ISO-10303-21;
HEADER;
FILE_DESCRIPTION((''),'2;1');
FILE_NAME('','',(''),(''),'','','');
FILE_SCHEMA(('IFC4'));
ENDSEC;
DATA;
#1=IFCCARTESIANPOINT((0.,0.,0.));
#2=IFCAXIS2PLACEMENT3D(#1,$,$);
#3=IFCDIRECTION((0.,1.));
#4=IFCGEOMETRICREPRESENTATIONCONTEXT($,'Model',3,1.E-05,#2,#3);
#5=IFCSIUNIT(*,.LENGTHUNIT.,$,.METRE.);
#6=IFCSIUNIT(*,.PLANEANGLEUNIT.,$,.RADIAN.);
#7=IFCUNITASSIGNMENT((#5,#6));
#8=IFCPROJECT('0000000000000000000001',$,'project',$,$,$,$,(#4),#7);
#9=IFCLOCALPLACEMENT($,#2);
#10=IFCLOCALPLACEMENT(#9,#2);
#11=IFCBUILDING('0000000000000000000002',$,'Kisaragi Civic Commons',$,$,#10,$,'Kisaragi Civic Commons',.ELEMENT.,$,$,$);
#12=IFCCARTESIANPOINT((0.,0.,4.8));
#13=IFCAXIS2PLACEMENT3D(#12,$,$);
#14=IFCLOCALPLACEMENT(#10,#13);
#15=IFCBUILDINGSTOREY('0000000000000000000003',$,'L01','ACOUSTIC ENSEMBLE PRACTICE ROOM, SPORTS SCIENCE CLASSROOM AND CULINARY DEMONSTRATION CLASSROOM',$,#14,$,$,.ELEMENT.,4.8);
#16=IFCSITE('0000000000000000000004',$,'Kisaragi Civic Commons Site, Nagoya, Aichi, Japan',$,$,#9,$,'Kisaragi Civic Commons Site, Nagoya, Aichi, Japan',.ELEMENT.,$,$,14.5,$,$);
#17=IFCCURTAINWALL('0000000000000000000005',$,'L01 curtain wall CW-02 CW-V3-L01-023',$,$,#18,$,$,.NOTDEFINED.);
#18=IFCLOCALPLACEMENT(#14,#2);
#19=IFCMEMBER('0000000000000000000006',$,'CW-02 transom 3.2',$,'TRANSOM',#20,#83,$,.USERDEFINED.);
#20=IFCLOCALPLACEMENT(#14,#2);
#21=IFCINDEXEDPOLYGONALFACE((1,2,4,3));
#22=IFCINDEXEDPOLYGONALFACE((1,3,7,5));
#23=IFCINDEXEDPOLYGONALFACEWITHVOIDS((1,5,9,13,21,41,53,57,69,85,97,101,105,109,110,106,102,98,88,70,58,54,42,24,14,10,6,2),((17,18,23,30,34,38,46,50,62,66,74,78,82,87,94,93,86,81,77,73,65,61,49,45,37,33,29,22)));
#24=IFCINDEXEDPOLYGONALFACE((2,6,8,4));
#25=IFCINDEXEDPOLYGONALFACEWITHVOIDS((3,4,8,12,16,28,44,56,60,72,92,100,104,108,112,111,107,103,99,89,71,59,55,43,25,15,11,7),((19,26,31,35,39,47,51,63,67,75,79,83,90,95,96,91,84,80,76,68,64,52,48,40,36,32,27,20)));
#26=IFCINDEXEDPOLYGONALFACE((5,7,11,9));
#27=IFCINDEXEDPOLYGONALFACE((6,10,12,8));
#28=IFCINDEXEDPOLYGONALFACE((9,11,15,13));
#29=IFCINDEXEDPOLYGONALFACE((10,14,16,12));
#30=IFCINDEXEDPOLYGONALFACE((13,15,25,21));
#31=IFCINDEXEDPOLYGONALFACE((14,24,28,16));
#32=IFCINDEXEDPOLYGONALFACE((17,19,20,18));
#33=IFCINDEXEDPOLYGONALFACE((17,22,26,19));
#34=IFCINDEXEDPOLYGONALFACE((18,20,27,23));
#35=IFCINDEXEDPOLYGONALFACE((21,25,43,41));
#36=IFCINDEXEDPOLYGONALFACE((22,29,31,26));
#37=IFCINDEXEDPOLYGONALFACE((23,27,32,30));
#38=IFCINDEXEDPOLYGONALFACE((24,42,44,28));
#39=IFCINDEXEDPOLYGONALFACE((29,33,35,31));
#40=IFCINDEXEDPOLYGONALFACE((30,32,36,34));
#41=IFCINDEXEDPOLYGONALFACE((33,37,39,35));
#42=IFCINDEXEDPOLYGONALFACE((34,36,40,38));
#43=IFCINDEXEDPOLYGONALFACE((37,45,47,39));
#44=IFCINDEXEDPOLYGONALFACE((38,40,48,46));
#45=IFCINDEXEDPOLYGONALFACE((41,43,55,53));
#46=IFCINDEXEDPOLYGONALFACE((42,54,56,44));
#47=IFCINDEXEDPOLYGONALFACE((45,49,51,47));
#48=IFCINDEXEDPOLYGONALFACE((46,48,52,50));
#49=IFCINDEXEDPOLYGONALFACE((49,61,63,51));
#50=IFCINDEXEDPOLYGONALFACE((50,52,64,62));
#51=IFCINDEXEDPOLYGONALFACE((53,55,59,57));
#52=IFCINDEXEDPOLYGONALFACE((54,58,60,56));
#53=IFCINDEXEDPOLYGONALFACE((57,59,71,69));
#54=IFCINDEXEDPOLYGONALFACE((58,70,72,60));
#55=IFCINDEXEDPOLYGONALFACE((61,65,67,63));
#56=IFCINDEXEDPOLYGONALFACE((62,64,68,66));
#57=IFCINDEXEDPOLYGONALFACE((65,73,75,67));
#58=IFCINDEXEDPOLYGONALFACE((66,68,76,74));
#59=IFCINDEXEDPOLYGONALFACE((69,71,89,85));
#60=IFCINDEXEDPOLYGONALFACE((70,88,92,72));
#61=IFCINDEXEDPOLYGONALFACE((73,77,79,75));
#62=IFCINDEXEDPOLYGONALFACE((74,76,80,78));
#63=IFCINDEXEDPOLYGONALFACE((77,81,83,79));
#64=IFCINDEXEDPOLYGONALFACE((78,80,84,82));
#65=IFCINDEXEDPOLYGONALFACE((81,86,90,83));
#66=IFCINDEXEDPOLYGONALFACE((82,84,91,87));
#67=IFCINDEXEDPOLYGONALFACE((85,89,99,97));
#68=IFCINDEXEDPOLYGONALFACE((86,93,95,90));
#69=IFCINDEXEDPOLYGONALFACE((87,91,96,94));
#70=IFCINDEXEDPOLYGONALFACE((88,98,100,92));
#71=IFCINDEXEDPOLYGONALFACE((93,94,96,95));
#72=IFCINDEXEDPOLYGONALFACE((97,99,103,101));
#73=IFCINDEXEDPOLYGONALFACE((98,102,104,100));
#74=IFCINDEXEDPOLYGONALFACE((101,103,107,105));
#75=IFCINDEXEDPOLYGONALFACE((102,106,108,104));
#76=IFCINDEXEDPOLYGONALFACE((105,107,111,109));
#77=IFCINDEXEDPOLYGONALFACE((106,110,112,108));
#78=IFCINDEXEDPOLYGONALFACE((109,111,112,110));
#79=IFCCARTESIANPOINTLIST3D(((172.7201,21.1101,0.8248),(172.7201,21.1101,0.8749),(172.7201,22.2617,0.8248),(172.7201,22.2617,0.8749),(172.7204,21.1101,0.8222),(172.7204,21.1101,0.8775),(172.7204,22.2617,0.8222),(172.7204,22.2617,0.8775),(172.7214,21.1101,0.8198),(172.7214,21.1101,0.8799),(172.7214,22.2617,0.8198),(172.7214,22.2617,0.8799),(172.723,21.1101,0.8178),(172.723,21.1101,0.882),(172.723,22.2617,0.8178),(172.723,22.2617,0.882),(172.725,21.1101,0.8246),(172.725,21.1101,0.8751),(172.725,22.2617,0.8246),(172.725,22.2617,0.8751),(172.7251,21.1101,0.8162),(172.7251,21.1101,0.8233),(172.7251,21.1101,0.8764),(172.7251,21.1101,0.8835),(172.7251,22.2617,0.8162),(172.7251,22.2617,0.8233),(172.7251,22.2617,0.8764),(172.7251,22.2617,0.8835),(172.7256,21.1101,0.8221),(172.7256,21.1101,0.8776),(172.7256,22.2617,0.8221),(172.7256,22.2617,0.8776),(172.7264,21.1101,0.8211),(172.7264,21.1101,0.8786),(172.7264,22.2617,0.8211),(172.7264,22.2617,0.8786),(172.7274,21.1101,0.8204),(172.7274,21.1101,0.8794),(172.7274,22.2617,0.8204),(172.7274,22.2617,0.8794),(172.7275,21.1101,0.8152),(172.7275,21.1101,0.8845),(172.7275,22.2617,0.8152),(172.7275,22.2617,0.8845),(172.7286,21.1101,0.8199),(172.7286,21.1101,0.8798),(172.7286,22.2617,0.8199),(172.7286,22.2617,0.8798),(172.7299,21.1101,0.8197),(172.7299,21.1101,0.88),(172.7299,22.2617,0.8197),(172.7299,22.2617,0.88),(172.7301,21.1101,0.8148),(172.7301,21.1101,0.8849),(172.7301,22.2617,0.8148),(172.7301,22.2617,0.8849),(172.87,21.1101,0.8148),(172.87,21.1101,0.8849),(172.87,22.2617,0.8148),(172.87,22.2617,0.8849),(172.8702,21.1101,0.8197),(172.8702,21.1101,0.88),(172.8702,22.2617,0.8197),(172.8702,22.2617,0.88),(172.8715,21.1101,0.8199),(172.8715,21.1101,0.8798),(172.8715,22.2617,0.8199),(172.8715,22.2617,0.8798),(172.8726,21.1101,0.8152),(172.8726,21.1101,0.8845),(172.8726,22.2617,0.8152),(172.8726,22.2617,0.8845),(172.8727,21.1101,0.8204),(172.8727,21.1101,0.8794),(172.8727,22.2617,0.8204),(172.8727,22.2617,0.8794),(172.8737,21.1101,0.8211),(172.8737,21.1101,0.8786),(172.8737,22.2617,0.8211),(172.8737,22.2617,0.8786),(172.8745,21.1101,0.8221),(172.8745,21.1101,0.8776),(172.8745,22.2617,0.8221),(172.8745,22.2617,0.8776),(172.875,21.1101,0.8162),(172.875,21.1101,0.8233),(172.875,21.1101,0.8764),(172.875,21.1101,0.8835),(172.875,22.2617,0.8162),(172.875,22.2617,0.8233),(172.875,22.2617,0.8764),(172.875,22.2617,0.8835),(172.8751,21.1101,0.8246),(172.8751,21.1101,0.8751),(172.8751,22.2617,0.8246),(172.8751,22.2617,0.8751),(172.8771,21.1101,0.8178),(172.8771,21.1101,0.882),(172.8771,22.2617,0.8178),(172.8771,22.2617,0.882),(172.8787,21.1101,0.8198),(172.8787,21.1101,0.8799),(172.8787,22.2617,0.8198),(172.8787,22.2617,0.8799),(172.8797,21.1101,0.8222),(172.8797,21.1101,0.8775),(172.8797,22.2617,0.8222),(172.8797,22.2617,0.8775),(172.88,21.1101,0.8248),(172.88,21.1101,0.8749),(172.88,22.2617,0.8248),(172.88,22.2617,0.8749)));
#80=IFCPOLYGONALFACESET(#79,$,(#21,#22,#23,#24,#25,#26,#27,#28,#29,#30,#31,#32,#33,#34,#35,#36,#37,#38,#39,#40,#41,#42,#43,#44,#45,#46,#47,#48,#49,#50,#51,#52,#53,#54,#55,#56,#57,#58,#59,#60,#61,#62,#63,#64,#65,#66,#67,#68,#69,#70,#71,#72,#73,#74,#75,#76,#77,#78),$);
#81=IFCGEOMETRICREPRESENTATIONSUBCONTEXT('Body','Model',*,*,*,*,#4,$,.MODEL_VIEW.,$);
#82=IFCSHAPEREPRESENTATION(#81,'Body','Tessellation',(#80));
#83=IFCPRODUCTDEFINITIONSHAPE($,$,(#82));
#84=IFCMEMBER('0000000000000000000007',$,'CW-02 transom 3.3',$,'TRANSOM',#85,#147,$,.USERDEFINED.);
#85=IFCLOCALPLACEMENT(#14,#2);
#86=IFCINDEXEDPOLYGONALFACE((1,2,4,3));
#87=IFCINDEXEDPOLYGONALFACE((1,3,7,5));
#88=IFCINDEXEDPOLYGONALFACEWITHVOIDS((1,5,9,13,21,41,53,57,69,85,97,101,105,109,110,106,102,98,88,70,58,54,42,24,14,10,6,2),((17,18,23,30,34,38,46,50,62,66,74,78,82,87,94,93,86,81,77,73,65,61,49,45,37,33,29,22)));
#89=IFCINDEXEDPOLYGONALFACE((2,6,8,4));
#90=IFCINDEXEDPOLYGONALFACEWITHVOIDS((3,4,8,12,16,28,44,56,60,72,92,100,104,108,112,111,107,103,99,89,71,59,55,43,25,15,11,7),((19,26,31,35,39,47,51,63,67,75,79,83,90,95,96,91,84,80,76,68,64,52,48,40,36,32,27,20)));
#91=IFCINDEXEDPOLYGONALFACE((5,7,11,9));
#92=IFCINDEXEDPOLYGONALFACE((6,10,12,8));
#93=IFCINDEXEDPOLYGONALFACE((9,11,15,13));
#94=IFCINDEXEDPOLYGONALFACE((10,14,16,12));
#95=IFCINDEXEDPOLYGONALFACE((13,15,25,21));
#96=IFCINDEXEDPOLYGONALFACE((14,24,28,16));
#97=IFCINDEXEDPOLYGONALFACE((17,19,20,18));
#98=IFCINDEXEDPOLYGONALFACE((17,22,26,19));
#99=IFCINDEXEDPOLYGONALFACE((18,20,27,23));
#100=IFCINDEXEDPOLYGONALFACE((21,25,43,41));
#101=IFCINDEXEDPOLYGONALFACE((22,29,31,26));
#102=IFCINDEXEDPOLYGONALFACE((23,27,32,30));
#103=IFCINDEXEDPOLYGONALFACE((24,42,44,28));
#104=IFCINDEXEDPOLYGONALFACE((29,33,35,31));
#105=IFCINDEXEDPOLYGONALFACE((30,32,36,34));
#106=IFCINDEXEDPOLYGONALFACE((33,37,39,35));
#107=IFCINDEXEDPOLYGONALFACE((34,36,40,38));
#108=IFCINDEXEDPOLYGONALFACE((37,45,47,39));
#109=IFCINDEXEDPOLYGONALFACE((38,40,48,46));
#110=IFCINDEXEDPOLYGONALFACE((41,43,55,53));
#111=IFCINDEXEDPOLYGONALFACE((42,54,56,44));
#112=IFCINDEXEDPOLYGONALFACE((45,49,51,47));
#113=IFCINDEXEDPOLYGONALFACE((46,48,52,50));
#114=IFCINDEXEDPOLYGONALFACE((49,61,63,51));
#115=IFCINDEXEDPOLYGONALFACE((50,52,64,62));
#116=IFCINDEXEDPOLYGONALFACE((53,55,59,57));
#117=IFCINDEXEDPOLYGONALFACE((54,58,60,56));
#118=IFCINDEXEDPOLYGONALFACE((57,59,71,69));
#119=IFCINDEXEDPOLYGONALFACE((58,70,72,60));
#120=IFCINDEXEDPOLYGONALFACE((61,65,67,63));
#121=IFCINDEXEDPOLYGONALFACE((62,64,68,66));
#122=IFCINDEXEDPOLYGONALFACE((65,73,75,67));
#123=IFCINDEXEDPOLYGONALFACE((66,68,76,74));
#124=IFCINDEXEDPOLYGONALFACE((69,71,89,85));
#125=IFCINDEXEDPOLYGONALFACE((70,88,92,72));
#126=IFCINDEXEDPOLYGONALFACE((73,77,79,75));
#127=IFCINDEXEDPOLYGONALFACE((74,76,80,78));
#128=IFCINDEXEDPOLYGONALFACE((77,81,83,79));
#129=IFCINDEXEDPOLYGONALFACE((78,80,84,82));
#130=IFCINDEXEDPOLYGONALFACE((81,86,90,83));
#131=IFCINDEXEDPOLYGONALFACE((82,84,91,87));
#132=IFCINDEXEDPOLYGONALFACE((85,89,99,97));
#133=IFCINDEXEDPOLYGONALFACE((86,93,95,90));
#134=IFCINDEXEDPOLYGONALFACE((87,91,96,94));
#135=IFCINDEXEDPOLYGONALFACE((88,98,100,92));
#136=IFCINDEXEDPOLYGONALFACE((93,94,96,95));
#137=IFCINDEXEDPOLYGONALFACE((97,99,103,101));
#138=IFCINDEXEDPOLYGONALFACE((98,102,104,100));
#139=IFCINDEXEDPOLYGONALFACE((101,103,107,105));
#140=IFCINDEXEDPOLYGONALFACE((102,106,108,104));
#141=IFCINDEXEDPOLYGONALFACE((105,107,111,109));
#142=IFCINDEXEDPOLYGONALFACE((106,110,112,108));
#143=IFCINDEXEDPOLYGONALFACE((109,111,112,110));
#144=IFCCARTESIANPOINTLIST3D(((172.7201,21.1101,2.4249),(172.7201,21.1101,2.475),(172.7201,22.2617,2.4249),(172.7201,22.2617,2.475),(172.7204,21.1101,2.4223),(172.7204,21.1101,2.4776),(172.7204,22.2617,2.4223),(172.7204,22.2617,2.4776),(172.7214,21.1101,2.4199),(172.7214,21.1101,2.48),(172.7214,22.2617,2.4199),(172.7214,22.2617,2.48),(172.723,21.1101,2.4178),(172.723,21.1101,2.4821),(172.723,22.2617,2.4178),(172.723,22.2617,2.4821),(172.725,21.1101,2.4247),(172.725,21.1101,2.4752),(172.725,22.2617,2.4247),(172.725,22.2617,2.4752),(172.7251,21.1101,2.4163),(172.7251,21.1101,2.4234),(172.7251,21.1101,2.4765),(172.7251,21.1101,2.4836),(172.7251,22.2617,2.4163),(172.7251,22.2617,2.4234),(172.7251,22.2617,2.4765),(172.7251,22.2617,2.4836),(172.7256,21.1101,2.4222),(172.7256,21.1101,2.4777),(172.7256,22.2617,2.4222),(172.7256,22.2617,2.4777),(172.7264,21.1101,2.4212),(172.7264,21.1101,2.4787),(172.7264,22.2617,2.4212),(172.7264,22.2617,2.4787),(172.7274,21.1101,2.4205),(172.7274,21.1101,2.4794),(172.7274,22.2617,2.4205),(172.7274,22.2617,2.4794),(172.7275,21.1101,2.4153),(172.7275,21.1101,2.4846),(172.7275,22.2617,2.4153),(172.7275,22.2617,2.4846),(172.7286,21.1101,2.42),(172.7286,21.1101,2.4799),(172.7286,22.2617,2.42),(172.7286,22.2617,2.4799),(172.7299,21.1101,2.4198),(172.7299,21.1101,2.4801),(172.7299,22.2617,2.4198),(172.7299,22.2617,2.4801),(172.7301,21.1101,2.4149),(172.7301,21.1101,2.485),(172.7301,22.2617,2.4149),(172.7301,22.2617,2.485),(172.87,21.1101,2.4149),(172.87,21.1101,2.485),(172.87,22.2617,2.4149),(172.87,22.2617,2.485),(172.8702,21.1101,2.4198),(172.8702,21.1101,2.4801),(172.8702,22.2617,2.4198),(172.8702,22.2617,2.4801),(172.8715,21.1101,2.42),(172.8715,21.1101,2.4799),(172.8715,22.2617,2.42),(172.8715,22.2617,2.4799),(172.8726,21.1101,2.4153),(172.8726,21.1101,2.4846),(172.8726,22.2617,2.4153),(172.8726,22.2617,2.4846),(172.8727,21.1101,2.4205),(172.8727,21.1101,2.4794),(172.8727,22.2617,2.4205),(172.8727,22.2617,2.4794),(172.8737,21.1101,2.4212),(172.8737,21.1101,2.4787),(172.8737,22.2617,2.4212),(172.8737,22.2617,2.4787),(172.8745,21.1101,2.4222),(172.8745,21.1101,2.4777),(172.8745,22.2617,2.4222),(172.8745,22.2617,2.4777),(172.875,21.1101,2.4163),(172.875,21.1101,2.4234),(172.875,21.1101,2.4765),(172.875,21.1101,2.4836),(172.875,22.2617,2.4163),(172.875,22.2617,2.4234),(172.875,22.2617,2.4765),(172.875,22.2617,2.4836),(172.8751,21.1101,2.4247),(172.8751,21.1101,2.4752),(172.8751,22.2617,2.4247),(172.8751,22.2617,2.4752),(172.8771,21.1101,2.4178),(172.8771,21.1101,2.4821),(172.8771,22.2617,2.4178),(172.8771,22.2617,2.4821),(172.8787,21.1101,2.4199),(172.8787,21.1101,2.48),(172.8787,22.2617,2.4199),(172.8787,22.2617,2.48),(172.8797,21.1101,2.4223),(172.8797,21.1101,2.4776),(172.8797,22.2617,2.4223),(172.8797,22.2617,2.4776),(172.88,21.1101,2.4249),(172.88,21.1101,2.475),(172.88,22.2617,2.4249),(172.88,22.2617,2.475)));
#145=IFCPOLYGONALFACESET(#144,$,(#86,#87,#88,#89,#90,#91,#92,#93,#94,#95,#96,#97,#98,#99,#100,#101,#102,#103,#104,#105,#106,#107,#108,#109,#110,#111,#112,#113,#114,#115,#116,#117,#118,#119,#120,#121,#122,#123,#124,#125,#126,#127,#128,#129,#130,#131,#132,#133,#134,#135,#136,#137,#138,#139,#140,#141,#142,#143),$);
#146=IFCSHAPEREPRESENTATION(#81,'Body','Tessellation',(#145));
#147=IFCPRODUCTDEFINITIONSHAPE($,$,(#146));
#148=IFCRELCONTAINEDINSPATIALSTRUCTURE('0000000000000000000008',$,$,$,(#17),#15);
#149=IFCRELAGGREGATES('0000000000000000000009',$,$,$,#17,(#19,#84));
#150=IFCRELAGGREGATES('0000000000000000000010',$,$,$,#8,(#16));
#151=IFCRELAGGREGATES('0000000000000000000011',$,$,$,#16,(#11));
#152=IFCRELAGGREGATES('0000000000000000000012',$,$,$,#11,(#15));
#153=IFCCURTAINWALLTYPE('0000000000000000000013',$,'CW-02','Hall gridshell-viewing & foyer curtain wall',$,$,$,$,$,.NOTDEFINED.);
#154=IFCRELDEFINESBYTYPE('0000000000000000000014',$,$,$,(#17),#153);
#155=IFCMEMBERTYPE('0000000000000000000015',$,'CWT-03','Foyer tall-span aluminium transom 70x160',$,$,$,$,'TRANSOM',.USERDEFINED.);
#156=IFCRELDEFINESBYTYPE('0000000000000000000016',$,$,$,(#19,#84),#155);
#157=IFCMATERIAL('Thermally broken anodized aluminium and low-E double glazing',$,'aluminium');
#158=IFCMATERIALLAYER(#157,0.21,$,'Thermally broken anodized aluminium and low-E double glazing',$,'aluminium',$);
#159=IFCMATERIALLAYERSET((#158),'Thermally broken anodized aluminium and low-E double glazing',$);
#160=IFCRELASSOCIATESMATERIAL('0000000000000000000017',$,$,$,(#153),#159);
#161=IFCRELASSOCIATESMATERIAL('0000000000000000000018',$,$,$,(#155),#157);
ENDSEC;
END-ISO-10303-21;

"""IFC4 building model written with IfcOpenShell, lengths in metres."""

from ifc_helpers import new_model, si_unit, direction, frame, origin, origin_2d, place, context, subcontext, project, spatial, hollow_rectangle, extrude, material, layer, layer_set, material_profile, profile_set, type_object, element, aggregate, save


model = new_model("IFC4")

# Units and contexts
model_context = context("Model", 3, precision=1e-05, world=origin(), true_north=direction((0.0, 1.0)))
body_context = subcontext(model_context, "Body", "Model", "MODEL_VIEW")
ifc_project = project(units=[si_unit("LENGTHUNIT", "METRE"), si_unit("PLANEANGLEUNIT", "RADIAN")], contexts=[model_context])

# Site, building, storey
site_placement = place(None, origin())
site = spatial("IfcSite", under=ifc_project, at=site_placement, Name="Kisaragi Civic Commons Site, Nagoya, Aichi, Japan", LongName="Kisaragi Civic Commons Site, Nagoya, Aichi, Japan", CompositionType="ELEMENT", RefElevation=14.5)
building_placement = place(site_placement, origin())
building = spatial("IfcBuilding", under=site, at=building_placement, Name="Kisaragi Civic Commons", LongName="Kisaragi Civic Commons", CompositionType="ELEMENT")
storey_placement = place(building_placement, frame((0.0, 0.0, 4.8)))
storey = spatial("IfcBuildingStorey", under=building, at=storey_placement, Name="L01", Description="ACOUSTIC ENSEMBLE PRACTICE ROOM, SPORTS SCIENCE CLASSROOM AND CULINARY DEMONSTRATION CLASSROOM", CompositionType="ELEMENT", Elevation=4.8)

# Curtain wall, members
ifc_material_1 = material(Name="Thermally broken anodized aluminium and low-E double glazing", Category="aluminium")
ifc_layer_1 = layer(ifc_material_1, 0.21, Name="Thermally broken anodized aluminium and low-E double glazing", Category="aluminium")
ifc_layer_set_1 = layer_set([ifc_layer_1], Name="Thermally broken anodized aluminium and low-E double glazing")
curtain_wall_type = type_object("IfcCurtainWallType", Name="CW-02", Description="Hall gridshell-viewing & foyer curtain wall", PredefinedType="NOTDEFINED", material=ifc_layer_set_1)
curtain_wall_placement = place(storey_placement, origin())
curtain_wall = element("IfcCurtainWall", 1, at=curtain_wall_placement, inside=storey, type_object=curtain_wall_type, Name="L01 curtain wall CW-02 CW-V3-L01-023", PredefinedType="NOTDEFINED")
ifc_material_profile_1 = material_profile(ifc_material_1, hollow_rectangle(XDim=0.1599, YDim=0.0701, WallThickness=0.0049, InnerFilletRadius=0.0049, OuterFilletRadius=0.01, at=origin_2d()), Name="CWT-70x160x5", Category="aluminium")
ifc_profile_set_1 = profile_set([ifc_material_profile_1], Name="Thermally broken anodized aluminium and low-E double glazing")
member_type_1 = type_object("IfcMemberType", Name="CWT-03", Description="Foyer tall-span aluminium transom 70x160", ElementType="TRANSOM", PredefinedType="USERDEFINED", material=ifc_profile_set_1)
member_1_placement = place(storey_placement, frame((172.8, 22.2617, 0.8499), z_axis=(0.0, -1.0, 0.0), x_axis=(1.0, 0.0, 0.0)))
member_1 = element("IfcMember", 2, at=member_1_placement, type_object=member_type_1, Name="CW-02 transom 3.2", ObjectType="TRANSOM", PredefinedType="USERDEFINED", context=body_context, shape_type="SweptSolid", body=[
    extrude(hollow_rectangle(XDim=0.1599, YDim=0.0701, WallThickness=0.0049, InnerFilletRadius=0.0049, OuterFilletRadius=0.01, at=origin_2d()), origin(), (0.0, 0.0, 1.0), 1.1516),
])
member_2_placement = place(storey_placement, frame((172.8, 22.2617, 2.45), z_axis=(0.0, -1.0, 0.0), x_axis=(1.0, 0.0, 0.0)))
member_2 = element("IfcMember", 3, at=member_2_placement, type_object=member_type_1, Name="CW-02 transom 3.3", ObjectType="TRANSOM", PredefinedType="USERDEFINED", context=body_context, shape_type="SweptSolid", body=[
    extrude(hollow_rectangle(XDim=0.1599, YDim=0.0701, WallThickness=0.0049, InnerFilletRadius=0.0049, OuterFilletRadius=0.01, at=origin_2d()), origin(), (0.0, 0.0, 1.0), 1.1516),
])
aggregate(curtain_wall, [member_1, member_2])

save(model, "model.ifc")
